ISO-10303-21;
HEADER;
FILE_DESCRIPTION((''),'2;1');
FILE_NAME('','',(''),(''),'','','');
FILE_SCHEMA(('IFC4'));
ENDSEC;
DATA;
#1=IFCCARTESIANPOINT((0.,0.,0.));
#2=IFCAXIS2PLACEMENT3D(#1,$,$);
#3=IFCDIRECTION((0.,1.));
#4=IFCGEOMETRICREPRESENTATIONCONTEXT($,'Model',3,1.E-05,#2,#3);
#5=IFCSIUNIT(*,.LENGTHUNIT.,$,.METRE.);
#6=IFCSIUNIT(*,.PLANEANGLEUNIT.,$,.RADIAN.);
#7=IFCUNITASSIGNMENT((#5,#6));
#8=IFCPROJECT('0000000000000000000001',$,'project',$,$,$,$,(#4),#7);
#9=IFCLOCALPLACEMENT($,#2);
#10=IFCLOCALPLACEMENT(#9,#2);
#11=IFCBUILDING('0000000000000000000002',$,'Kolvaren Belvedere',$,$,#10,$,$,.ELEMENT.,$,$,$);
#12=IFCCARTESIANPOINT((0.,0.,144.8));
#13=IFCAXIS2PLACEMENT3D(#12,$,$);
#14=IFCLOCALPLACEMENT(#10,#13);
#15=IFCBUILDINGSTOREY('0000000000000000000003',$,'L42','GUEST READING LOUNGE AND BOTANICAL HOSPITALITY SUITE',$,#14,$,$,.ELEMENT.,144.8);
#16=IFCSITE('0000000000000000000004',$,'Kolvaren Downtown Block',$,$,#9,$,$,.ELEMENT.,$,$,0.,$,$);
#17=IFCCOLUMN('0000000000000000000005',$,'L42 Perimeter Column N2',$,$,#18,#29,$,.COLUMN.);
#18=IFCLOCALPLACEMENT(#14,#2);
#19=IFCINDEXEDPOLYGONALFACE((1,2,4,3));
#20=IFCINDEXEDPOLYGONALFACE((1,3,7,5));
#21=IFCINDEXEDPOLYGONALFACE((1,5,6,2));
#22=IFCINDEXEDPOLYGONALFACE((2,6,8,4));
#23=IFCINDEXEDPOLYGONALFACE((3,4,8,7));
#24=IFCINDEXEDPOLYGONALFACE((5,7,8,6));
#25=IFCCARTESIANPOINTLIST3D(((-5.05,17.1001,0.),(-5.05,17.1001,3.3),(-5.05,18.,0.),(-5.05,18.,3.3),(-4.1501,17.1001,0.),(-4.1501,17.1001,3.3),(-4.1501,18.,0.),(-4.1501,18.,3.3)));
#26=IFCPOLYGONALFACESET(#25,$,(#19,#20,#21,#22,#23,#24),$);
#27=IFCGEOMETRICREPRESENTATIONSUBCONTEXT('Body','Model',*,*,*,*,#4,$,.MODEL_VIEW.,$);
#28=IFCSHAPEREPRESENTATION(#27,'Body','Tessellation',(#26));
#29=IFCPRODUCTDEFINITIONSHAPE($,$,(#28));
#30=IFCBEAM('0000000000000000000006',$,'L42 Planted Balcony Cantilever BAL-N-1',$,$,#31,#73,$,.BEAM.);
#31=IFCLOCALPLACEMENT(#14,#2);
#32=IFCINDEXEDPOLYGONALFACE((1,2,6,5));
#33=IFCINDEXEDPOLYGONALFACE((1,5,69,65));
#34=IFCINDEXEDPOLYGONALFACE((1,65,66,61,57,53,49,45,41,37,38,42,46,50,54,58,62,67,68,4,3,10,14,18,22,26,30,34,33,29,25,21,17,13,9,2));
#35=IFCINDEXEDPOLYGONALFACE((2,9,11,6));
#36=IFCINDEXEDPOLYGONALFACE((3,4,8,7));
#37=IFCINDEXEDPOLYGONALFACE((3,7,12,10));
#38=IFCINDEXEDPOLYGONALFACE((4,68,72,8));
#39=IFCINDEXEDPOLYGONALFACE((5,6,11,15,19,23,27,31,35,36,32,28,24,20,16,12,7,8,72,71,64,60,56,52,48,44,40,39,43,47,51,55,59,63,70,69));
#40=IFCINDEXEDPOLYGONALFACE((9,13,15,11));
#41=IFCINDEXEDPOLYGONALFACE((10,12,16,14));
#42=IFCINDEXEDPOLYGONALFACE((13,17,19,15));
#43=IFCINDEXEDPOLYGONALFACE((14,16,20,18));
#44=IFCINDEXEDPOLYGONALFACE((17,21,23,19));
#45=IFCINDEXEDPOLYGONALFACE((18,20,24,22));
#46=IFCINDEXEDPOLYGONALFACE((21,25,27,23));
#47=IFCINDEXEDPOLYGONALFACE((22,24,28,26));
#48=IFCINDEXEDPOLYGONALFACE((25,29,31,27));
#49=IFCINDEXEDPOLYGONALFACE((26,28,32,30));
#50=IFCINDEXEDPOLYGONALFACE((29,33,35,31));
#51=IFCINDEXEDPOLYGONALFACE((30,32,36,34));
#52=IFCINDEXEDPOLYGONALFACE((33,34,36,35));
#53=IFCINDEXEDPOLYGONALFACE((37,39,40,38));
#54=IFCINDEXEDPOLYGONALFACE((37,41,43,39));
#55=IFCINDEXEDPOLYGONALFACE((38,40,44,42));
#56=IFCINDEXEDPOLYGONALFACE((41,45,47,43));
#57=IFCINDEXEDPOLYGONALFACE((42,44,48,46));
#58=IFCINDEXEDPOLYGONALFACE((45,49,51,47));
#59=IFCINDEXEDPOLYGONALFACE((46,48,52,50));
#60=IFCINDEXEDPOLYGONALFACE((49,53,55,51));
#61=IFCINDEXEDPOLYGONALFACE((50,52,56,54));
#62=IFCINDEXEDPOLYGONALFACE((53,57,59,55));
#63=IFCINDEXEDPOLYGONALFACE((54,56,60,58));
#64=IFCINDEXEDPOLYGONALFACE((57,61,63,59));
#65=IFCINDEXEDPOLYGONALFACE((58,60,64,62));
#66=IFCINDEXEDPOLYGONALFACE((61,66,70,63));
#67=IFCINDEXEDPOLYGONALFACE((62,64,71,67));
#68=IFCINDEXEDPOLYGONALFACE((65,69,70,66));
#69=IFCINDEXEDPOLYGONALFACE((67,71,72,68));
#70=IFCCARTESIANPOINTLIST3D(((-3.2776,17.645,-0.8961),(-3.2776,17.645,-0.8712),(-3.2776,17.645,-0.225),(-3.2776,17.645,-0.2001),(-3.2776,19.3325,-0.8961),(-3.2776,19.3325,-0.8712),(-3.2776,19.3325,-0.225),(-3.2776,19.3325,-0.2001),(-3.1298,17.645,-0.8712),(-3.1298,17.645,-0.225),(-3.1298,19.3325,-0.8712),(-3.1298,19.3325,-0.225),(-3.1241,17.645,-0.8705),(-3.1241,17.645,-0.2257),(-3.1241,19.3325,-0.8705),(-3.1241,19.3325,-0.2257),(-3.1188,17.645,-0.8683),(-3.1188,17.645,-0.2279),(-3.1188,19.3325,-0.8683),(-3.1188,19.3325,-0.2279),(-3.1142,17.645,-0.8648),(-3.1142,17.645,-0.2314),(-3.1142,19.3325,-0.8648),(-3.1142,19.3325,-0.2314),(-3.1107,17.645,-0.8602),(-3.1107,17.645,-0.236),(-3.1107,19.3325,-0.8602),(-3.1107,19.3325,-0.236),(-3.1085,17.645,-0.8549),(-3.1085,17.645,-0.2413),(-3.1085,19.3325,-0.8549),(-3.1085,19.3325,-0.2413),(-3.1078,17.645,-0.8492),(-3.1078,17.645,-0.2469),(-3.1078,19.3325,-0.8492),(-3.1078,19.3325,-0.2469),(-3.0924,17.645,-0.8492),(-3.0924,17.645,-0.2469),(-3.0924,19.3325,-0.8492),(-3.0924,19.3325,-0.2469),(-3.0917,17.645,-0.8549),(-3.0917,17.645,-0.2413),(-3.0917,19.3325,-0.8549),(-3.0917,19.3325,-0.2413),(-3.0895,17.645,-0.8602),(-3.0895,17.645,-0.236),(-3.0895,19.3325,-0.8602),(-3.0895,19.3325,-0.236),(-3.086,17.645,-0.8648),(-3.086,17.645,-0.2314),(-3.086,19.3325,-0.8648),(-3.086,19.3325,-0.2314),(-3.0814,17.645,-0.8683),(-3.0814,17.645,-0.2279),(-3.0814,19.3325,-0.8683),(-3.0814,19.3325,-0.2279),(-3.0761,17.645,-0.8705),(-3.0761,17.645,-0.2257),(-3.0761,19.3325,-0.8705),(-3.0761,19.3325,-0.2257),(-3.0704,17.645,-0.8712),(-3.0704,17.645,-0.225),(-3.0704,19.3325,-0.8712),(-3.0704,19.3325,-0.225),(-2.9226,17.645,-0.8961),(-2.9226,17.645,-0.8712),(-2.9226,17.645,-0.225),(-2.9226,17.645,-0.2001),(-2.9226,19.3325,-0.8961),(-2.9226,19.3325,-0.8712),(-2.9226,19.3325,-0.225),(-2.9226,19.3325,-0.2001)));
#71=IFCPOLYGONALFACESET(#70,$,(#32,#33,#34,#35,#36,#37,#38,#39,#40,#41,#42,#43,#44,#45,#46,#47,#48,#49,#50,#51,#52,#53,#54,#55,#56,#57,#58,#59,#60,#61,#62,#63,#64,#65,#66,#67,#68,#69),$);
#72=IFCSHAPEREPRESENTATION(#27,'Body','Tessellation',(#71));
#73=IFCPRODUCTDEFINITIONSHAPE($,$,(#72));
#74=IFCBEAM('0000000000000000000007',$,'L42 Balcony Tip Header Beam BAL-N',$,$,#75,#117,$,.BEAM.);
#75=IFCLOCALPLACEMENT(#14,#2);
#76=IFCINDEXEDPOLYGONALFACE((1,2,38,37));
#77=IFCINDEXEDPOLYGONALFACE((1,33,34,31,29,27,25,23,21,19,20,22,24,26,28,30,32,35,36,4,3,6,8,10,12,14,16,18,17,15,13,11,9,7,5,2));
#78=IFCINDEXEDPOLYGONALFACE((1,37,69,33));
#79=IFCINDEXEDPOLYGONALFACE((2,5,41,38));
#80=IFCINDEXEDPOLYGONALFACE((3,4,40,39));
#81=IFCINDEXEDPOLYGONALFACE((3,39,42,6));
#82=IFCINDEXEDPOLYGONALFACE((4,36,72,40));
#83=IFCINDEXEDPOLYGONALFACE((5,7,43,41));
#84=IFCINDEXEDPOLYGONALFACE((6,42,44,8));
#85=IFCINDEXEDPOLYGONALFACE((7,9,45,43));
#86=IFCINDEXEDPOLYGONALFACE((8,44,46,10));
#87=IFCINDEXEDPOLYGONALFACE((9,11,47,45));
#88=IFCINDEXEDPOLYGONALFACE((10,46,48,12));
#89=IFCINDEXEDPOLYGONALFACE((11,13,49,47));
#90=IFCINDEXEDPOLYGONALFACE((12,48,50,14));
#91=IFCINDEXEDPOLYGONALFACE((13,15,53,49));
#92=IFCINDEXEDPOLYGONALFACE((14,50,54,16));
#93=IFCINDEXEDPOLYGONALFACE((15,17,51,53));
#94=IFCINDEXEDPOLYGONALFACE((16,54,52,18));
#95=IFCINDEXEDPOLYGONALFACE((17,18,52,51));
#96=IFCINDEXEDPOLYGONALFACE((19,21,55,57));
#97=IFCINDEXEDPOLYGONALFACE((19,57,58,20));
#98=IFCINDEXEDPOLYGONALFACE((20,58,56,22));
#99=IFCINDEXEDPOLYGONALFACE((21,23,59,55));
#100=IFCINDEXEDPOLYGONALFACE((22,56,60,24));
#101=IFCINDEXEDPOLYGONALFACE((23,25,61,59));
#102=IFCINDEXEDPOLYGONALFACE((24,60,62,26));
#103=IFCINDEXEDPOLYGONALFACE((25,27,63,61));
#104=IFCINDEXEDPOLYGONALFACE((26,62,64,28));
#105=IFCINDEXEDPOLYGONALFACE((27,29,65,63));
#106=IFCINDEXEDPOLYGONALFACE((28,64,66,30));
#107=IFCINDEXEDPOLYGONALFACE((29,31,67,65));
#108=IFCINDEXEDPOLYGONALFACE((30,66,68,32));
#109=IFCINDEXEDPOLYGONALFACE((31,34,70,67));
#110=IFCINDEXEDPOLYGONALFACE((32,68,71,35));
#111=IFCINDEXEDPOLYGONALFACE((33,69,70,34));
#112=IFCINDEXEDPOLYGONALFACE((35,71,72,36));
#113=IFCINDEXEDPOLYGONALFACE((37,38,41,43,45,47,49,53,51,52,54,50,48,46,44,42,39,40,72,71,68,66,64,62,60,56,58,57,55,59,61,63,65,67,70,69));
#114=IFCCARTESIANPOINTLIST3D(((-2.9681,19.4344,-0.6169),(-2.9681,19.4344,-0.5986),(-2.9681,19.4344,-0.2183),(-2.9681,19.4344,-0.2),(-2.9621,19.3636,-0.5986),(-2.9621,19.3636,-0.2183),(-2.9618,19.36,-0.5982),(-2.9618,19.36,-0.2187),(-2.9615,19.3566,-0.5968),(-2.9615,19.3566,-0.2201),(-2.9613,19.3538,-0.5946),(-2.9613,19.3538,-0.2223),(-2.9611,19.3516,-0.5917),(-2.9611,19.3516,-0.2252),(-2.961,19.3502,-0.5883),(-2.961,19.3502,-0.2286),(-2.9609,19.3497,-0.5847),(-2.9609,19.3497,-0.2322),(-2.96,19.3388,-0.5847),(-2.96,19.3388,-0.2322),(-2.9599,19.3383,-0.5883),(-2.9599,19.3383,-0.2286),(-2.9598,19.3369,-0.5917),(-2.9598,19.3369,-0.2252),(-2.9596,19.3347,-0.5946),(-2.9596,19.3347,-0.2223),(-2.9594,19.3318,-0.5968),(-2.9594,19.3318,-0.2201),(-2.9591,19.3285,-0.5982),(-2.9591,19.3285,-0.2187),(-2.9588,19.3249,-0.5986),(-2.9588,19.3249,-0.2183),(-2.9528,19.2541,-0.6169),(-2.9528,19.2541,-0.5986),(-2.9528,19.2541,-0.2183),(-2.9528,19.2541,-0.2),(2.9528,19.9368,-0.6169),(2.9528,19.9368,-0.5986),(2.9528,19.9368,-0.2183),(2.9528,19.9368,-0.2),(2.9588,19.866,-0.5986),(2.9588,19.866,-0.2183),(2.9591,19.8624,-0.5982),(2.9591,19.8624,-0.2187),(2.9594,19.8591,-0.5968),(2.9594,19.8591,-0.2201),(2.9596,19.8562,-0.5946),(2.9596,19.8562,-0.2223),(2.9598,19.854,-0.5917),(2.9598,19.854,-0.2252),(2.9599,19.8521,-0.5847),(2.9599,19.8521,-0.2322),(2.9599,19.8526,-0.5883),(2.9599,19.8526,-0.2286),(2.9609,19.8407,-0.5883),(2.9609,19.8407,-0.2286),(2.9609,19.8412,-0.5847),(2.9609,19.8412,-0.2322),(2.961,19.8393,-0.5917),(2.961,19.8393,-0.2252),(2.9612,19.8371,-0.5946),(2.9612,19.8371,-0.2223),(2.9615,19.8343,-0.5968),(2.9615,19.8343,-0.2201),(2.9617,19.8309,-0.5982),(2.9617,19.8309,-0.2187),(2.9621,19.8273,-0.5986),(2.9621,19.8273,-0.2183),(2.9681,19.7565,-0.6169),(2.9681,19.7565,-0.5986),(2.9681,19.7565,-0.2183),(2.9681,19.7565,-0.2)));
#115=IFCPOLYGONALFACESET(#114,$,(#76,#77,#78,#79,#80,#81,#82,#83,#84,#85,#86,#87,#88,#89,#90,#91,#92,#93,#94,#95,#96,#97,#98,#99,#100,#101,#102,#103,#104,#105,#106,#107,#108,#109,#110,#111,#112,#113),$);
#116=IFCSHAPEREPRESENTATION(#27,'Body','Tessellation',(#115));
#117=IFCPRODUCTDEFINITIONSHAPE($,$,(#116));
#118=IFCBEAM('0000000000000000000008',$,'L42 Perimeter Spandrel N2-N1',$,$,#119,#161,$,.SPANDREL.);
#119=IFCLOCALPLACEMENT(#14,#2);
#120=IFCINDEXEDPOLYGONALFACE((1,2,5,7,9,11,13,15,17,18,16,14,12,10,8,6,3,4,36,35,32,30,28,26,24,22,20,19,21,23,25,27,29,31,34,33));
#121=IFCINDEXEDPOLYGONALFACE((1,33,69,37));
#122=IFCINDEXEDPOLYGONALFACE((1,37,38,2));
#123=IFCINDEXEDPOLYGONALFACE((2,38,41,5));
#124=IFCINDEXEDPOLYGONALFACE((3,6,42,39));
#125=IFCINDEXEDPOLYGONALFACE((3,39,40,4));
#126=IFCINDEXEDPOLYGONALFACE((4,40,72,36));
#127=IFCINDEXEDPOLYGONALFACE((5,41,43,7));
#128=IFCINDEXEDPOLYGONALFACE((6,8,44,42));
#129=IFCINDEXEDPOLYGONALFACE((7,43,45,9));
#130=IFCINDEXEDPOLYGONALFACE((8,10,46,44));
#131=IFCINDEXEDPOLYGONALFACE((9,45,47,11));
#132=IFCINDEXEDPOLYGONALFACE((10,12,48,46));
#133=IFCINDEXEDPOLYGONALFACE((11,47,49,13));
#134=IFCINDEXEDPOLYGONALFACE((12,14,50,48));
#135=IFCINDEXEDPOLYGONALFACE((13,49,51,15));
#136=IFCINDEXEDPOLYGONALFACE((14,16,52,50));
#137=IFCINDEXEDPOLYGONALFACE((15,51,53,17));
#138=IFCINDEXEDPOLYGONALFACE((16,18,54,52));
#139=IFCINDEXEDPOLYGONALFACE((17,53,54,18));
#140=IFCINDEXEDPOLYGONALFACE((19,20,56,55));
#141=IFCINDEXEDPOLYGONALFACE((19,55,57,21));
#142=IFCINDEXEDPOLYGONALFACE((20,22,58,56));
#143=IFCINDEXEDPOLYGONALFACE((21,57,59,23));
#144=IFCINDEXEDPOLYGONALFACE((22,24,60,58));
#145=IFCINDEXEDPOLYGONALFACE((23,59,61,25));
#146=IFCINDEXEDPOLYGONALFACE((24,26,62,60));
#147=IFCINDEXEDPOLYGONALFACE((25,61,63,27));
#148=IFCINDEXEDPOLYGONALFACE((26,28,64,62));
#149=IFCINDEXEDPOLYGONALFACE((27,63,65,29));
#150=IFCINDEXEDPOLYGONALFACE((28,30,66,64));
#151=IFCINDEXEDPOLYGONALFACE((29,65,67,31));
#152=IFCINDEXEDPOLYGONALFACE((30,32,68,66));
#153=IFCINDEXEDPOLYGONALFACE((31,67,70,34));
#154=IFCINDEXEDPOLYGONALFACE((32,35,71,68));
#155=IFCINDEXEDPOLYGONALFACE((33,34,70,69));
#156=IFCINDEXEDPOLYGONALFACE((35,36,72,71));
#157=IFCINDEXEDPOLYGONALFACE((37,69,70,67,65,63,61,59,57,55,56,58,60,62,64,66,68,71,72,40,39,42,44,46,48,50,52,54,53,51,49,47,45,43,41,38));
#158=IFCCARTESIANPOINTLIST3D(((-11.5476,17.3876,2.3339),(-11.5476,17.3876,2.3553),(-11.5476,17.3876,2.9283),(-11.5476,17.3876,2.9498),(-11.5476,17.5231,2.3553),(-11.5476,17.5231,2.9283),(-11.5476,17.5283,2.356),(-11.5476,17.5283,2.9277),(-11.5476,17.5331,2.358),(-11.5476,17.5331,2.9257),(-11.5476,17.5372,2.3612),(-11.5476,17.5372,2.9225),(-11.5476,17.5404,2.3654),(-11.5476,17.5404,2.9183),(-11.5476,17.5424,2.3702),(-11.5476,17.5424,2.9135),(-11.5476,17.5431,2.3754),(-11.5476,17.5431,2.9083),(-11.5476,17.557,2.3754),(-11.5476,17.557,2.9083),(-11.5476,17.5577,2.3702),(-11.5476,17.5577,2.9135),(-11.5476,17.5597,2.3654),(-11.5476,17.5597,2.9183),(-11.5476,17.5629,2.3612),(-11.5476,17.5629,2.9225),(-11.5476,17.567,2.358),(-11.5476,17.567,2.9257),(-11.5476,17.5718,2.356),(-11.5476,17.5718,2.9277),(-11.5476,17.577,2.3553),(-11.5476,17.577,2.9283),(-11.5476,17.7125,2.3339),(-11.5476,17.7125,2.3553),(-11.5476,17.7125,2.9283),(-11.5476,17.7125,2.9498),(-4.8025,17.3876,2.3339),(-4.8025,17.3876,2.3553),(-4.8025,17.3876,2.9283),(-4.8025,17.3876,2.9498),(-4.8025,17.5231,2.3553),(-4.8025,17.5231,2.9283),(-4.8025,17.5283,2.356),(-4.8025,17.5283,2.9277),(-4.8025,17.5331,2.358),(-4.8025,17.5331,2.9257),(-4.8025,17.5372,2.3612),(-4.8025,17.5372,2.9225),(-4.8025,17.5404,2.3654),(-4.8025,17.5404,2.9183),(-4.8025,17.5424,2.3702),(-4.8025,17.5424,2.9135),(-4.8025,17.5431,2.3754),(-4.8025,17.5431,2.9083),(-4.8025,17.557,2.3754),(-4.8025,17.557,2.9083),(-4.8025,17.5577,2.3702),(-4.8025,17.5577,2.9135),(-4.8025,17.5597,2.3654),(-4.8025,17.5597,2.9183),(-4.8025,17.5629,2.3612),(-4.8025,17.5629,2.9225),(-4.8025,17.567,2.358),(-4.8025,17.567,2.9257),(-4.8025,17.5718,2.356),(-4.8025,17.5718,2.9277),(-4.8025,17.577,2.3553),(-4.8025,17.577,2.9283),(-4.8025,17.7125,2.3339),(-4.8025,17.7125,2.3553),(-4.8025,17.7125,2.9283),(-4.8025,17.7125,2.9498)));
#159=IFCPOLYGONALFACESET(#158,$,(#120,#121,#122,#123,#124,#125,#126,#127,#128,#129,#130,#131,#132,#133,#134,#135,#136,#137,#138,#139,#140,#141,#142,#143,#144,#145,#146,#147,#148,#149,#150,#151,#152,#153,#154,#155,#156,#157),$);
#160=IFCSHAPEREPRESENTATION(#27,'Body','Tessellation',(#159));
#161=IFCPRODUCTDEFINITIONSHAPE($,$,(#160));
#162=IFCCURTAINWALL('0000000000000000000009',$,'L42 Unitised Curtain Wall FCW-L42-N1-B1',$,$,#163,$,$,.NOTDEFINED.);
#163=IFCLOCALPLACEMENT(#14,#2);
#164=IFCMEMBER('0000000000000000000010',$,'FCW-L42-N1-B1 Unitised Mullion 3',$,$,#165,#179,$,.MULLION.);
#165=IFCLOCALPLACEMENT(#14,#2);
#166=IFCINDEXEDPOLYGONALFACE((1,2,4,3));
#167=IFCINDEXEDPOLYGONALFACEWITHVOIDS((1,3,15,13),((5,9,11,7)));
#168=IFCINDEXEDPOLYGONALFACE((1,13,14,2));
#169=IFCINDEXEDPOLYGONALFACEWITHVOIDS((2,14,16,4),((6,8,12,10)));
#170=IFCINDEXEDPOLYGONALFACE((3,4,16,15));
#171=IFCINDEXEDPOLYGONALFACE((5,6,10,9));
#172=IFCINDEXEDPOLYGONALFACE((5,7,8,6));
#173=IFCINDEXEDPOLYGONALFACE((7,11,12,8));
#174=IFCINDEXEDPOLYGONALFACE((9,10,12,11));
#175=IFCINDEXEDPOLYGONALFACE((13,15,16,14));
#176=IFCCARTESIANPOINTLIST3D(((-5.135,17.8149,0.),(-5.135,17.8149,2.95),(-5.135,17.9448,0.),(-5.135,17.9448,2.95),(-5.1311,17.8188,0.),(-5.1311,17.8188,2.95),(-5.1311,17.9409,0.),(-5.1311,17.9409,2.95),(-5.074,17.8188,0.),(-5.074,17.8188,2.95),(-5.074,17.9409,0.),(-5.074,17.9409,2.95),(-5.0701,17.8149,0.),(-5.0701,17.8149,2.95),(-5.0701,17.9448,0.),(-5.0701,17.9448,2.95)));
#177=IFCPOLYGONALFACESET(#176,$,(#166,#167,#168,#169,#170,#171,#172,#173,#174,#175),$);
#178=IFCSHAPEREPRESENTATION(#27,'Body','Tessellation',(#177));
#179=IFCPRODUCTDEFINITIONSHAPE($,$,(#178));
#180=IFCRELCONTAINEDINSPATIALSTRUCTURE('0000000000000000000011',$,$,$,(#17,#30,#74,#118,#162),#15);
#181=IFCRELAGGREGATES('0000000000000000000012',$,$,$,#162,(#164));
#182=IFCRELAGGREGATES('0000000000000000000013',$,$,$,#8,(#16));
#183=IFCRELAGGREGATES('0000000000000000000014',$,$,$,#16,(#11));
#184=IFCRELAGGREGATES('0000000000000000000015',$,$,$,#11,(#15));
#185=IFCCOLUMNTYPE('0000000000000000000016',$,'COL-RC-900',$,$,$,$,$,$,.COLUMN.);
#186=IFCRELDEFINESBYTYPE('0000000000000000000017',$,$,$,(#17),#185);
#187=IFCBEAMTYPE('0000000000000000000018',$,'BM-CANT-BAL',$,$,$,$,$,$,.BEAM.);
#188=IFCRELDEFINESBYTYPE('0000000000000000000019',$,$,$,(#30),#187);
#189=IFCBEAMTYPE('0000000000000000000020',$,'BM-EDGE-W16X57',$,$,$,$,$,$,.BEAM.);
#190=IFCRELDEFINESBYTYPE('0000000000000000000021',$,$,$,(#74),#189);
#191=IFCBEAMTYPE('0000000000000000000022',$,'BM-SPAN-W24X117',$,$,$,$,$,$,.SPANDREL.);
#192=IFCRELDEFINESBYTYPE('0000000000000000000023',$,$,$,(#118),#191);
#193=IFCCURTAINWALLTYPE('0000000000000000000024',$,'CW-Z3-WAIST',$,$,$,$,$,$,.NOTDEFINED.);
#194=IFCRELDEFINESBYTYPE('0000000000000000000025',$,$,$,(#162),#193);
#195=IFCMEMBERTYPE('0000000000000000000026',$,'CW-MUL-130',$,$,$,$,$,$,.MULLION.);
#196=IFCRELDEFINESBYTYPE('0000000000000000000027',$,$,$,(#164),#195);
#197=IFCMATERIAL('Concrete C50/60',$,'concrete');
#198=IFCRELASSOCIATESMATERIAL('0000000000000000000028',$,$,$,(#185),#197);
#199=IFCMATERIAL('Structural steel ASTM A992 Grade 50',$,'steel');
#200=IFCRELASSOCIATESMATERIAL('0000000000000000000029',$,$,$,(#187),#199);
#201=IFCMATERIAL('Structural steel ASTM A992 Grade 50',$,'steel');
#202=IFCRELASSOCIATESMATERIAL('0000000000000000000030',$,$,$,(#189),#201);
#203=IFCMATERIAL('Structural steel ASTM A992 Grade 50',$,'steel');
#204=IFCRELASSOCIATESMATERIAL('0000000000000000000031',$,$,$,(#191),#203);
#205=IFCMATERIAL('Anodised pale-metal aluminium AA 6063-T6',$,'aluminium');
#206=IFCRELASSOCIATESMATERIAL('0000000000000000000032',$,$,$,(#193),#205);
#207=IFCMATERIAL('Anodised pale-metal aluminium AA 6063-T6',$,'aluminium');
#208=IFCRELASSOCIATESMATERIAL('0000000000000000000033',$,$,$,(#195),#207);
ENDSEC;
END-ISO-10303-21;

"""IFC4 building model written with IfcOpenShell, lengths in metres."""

from ifc_helpers import new_model, si_unit, direction, frame, origin, origin_2d, place, context, subcontext, project, spatial, rectangle, hollow_rectangle, i_section, extrude, material, material_profile, profile_set, type_object, element, aggregate, save


model = new_model("IFC4")

# Units and contexts
model_context = context("Model", 3, precision=1e-05, world=origin(), true_north=direction((0.0, 1.0)))
body_context = subcontext(model_context, "Body", "Model", "MODEL_VIEW")
ifc_project = project(units=[si_unit("LENGTHUNIT", "METRE"), si_unit("PLANEANGLEUNIT", "RADIAN")], contexts=[model_context])

# Site, building, storey
site_placement = place(None, origin())
site = spatial("IfcSite", under=ifc_project, at=site_placement, Name="Kolvaren Downtown Block", CompositionType="ELEMENT", RefElevation=0.0)
building_placement = place(site_placement, origin())
building = spatial("IfcBuilding", under=site, at=building_placement, Name="Kolvaren Belvedere", CompositionType="ELEMENT")
storey_placement = place(building_placement, frame((0.0, 0.0, 144.8)))
storey = spatial("IfcBuildingStorey", under=building, at=storey_placement, Name="L42", Description="GUEST READING LOUNGE AND BOTANICAL HOSPITALITY SUITE", CompositionType="ELEMENT", Elevation=144.8)

# Column
ifc_material_1 = material(Name="Concrete C50/60", Category="concrete")
ifc_material_profile_1 = material_profile(ifc_material_1, rectangle(XDim=0.8999, YDim=0.8999, at=origin_2d()), Name="RC 900X900")
ifc_profile_set_1 = profile_set([ifc_material_profile_1], Name="Concrete C50/60")
column_type = type_object("IfcColumnType", Name="COL-RC-900", PredefinedType="COLUMN", material=ifc_profile_set_1)
column_placement = place(storey_placement, frame((-4.6001, 17.55, 0.0), z_axis=(0.0, 0.0, 1.0), x_axis=(1.0, 0.0, 0.0)))
element("IfcColumn", 1, at=column_placement, inside=storey, type_object=column_type, Name="L42 Perimeter Column N2", PredefinedType="COLUMN", context=body_context, shape_type="SweptSolid", body=[
    extrude(rectangle(XDim=0.8999, YDim=0.8999, at=origin_2d()), origin(), (0.0, 0.0, 1.0), 3.3),
])

# Beams
ifc_material_2 = material(Name="Structural steel ASTM A992 Grade 50", Category="steel")
ifc_material_profile_2 = material_profile(ifc_material_2, i_section(OverallWidth=0.355, OverallDepth=0.696, WebThickness=0.0154, FlangeThickness=0.0249, FilletRadius=0.022, at=origin_2d()), Name="W27X146")
ifc_profile_set_2 = profile_set([ifc_material_profile_2], Name="Structural steel ASTM A992 Grade 50")
beam_type_1 = type_object("IfcBeamType", Name="BM-CANT-BAL", PredefinedType="BEAM", material=ifc_profile_set_2)
beam_1_placement = place(storey_placement, frame((-3.1001, 17.645, -0.5481), z_axis=(0.0, 1.0, 0.0), x_axis=(-1.0, 0.0, 0.0)))
element("IfcBeam", 2, at=beam_1_placement, inside=storey, type_object=beam_type_1, Name="L42 Planted Balcony Cantilever BAL-N-1", PredefinedType="BEAM", context=body_context, shape_type="SweptSolid", body=[
    extrude(i_section(OverallWidth=0.355, OverallDepth=0.696, WebThickness=0.0154, FlangeThickness=0.0249, FilletRadius=0.022, at=origin_2d()), origin(), (0.0, 0.0, 1.0), 1.6875),
])
ifc_material_3 = material(Name="Structural steel ASTM A992 Grade 50", Category="steel")
ifc_material_profile_3 = material_profile(ifc_material_3, i_section(OverallWidth=0.1809, OverallDepth=0.417, WebThickness=0.011, FlangeThickness=0.0183, FilletRadius=0.0139, at=origin_2d()), Name="W16X57")
ifc_profile_set_3 = profile_set([ifc_material_profile_3], Name="Structural steel ASTM A992 Grade 50")
beam_type_2 = type_object("IfcBeamType", Name="BM-EDGE-W16X57", PredefinedType="BEAM", material=ifc_profile_set_3)
beam_2_placement = place(storey_placement, frame((-2.9604, 19.3442, -0.4084), z_axis=(0.996419, 0.084555, 0.0), x_axis=(-0.084555, 0.996419, 0.0)))
element("IfcBeam", 3, at=beam_2_placement, inside=storey, type_object=beam_type_2, Name="L42 Balcony Tip Header Beam BAL-N", PredefinedType="BEAM", context=body_context, shape_type="SweptSolid", body=[
    extrude(i_section(OverallWidth=0.1809, OverallDepth=0.417, WebThickness=0.011, FlangeThickness=0.0183, FilletRadius=0.0139, at=origin_2d()), origin(), (0.0, 0.0, 1.0), 5.9421),
])
ifc_material_4 = material(Name="Structural steel ASTM A992 Grade 50", Category="steel")
ifc_material_profile_4 = material_profile(ifc_material_4, i_section(OverallWidth=0.325, OverallDepth=0.616, WebThickness=0.0139, FlangeThickness=0.0215, FilletRadius=0.02, at=origin_2d()), Name="W24X117")
ifc_profile_set_4 = profile_set([ifc_material_profile_4], Name="Structural steel ASTM A992 Grade 50")
beam_type_3 = type_object("IfcBeamType", Name="BM-SPAN-W24X117", PredefinedType="SPANDREL", material=ifc_profile_set_4)
beam_3_placement = place(storey_placement, frame((-4.8025, 17.55, 2.6418), z_axis=(-1.0, 0.0, 0.0), x_axis=(0.0, -1.0, 0.0)))
element("IfcBeam", 4, at=beam_3_placement, inside=storey, type_object=beam_type_3, Name="L42 Perimeter Spandrel N2-N1", PredefinedType="SPANDREL", context=body_context, shape_type="SweptSolid", body=[
    extrude(i_section(OverallWidth=0.325, OverallDepth=0.616, WebThickness=0.0139, FlangeThickness=0.0215, FilletRadius=0.02, at=origin_2d()), origin(), (0.0, 0.0, 1.0), 6.7451),
])

# Curtain wall, member
ifc_material_5 = material(Name="Anodised pale-metal aluminium AA 6063-T6", Category="aluminium")
curtain_wall_type = type_object("IfcCurtainWallType", Name="CW-Z3-WAIST", PredefinedType="NOTDEFINED", material=ifc_material_5)
curtain_wall_1_placement = place(storey_placement, origin())
curtain_wall_1 = element("IfcCurtainWall", 5, at=curtain_wall_1_placement, inside=storey, type_object=curtain_wall_type, Name="L42 Unitised Curtain Wall FCW-L42-N1-B1", PredefinedType="NOTDEFINED")
ifc_material_6 = material(Name="Anodised pale-metal aluminium AA 6063-T6", Category="aluminium")
ifc_material_profile_5 = material_profile(ifc_material_6, hollow_rectangle(XDim=0.0649, YDim=0.1299, WallThickness=0.0039, at=origin_2d()), Name="ALU-MUL-130X65")
ifc_profile_set_5 = profile_set([ifc_material_profile_5], Name="Anodised pale-metal aluminium AA 6063-T6")
member_type_1 = type_object("IfcMemberType", Name="CW-MUL-130", PredefinedType="MULLION", material=ifc_profile_set_5)
member_1_placement = place(storey_placement, frame((-5.1025, 17.8799, 0.0), z_axis=(0.0, 0.0, 1.0), x_axis=(1.0, 0.0, 0.0)))
member_1 = element("IfcMember", 6, at=member_1_placement, type_object=member_type_1, Name="FCW-L42-N1-B1 Unitised Mullion 3", PredefinedType="MULLION", context=body_context, shape_type="SweptSolid", body=[
    extrude(hollow_rectangle(XDim=0.0649, YDim=0.1299, WallThickness=0.0039, at=origin_2d()), origin(), (0.0, 0.0, 1.0), 2.95),
])

aggregate(curtain_wall_1, [member_1])

save(model, "model.ifc")
